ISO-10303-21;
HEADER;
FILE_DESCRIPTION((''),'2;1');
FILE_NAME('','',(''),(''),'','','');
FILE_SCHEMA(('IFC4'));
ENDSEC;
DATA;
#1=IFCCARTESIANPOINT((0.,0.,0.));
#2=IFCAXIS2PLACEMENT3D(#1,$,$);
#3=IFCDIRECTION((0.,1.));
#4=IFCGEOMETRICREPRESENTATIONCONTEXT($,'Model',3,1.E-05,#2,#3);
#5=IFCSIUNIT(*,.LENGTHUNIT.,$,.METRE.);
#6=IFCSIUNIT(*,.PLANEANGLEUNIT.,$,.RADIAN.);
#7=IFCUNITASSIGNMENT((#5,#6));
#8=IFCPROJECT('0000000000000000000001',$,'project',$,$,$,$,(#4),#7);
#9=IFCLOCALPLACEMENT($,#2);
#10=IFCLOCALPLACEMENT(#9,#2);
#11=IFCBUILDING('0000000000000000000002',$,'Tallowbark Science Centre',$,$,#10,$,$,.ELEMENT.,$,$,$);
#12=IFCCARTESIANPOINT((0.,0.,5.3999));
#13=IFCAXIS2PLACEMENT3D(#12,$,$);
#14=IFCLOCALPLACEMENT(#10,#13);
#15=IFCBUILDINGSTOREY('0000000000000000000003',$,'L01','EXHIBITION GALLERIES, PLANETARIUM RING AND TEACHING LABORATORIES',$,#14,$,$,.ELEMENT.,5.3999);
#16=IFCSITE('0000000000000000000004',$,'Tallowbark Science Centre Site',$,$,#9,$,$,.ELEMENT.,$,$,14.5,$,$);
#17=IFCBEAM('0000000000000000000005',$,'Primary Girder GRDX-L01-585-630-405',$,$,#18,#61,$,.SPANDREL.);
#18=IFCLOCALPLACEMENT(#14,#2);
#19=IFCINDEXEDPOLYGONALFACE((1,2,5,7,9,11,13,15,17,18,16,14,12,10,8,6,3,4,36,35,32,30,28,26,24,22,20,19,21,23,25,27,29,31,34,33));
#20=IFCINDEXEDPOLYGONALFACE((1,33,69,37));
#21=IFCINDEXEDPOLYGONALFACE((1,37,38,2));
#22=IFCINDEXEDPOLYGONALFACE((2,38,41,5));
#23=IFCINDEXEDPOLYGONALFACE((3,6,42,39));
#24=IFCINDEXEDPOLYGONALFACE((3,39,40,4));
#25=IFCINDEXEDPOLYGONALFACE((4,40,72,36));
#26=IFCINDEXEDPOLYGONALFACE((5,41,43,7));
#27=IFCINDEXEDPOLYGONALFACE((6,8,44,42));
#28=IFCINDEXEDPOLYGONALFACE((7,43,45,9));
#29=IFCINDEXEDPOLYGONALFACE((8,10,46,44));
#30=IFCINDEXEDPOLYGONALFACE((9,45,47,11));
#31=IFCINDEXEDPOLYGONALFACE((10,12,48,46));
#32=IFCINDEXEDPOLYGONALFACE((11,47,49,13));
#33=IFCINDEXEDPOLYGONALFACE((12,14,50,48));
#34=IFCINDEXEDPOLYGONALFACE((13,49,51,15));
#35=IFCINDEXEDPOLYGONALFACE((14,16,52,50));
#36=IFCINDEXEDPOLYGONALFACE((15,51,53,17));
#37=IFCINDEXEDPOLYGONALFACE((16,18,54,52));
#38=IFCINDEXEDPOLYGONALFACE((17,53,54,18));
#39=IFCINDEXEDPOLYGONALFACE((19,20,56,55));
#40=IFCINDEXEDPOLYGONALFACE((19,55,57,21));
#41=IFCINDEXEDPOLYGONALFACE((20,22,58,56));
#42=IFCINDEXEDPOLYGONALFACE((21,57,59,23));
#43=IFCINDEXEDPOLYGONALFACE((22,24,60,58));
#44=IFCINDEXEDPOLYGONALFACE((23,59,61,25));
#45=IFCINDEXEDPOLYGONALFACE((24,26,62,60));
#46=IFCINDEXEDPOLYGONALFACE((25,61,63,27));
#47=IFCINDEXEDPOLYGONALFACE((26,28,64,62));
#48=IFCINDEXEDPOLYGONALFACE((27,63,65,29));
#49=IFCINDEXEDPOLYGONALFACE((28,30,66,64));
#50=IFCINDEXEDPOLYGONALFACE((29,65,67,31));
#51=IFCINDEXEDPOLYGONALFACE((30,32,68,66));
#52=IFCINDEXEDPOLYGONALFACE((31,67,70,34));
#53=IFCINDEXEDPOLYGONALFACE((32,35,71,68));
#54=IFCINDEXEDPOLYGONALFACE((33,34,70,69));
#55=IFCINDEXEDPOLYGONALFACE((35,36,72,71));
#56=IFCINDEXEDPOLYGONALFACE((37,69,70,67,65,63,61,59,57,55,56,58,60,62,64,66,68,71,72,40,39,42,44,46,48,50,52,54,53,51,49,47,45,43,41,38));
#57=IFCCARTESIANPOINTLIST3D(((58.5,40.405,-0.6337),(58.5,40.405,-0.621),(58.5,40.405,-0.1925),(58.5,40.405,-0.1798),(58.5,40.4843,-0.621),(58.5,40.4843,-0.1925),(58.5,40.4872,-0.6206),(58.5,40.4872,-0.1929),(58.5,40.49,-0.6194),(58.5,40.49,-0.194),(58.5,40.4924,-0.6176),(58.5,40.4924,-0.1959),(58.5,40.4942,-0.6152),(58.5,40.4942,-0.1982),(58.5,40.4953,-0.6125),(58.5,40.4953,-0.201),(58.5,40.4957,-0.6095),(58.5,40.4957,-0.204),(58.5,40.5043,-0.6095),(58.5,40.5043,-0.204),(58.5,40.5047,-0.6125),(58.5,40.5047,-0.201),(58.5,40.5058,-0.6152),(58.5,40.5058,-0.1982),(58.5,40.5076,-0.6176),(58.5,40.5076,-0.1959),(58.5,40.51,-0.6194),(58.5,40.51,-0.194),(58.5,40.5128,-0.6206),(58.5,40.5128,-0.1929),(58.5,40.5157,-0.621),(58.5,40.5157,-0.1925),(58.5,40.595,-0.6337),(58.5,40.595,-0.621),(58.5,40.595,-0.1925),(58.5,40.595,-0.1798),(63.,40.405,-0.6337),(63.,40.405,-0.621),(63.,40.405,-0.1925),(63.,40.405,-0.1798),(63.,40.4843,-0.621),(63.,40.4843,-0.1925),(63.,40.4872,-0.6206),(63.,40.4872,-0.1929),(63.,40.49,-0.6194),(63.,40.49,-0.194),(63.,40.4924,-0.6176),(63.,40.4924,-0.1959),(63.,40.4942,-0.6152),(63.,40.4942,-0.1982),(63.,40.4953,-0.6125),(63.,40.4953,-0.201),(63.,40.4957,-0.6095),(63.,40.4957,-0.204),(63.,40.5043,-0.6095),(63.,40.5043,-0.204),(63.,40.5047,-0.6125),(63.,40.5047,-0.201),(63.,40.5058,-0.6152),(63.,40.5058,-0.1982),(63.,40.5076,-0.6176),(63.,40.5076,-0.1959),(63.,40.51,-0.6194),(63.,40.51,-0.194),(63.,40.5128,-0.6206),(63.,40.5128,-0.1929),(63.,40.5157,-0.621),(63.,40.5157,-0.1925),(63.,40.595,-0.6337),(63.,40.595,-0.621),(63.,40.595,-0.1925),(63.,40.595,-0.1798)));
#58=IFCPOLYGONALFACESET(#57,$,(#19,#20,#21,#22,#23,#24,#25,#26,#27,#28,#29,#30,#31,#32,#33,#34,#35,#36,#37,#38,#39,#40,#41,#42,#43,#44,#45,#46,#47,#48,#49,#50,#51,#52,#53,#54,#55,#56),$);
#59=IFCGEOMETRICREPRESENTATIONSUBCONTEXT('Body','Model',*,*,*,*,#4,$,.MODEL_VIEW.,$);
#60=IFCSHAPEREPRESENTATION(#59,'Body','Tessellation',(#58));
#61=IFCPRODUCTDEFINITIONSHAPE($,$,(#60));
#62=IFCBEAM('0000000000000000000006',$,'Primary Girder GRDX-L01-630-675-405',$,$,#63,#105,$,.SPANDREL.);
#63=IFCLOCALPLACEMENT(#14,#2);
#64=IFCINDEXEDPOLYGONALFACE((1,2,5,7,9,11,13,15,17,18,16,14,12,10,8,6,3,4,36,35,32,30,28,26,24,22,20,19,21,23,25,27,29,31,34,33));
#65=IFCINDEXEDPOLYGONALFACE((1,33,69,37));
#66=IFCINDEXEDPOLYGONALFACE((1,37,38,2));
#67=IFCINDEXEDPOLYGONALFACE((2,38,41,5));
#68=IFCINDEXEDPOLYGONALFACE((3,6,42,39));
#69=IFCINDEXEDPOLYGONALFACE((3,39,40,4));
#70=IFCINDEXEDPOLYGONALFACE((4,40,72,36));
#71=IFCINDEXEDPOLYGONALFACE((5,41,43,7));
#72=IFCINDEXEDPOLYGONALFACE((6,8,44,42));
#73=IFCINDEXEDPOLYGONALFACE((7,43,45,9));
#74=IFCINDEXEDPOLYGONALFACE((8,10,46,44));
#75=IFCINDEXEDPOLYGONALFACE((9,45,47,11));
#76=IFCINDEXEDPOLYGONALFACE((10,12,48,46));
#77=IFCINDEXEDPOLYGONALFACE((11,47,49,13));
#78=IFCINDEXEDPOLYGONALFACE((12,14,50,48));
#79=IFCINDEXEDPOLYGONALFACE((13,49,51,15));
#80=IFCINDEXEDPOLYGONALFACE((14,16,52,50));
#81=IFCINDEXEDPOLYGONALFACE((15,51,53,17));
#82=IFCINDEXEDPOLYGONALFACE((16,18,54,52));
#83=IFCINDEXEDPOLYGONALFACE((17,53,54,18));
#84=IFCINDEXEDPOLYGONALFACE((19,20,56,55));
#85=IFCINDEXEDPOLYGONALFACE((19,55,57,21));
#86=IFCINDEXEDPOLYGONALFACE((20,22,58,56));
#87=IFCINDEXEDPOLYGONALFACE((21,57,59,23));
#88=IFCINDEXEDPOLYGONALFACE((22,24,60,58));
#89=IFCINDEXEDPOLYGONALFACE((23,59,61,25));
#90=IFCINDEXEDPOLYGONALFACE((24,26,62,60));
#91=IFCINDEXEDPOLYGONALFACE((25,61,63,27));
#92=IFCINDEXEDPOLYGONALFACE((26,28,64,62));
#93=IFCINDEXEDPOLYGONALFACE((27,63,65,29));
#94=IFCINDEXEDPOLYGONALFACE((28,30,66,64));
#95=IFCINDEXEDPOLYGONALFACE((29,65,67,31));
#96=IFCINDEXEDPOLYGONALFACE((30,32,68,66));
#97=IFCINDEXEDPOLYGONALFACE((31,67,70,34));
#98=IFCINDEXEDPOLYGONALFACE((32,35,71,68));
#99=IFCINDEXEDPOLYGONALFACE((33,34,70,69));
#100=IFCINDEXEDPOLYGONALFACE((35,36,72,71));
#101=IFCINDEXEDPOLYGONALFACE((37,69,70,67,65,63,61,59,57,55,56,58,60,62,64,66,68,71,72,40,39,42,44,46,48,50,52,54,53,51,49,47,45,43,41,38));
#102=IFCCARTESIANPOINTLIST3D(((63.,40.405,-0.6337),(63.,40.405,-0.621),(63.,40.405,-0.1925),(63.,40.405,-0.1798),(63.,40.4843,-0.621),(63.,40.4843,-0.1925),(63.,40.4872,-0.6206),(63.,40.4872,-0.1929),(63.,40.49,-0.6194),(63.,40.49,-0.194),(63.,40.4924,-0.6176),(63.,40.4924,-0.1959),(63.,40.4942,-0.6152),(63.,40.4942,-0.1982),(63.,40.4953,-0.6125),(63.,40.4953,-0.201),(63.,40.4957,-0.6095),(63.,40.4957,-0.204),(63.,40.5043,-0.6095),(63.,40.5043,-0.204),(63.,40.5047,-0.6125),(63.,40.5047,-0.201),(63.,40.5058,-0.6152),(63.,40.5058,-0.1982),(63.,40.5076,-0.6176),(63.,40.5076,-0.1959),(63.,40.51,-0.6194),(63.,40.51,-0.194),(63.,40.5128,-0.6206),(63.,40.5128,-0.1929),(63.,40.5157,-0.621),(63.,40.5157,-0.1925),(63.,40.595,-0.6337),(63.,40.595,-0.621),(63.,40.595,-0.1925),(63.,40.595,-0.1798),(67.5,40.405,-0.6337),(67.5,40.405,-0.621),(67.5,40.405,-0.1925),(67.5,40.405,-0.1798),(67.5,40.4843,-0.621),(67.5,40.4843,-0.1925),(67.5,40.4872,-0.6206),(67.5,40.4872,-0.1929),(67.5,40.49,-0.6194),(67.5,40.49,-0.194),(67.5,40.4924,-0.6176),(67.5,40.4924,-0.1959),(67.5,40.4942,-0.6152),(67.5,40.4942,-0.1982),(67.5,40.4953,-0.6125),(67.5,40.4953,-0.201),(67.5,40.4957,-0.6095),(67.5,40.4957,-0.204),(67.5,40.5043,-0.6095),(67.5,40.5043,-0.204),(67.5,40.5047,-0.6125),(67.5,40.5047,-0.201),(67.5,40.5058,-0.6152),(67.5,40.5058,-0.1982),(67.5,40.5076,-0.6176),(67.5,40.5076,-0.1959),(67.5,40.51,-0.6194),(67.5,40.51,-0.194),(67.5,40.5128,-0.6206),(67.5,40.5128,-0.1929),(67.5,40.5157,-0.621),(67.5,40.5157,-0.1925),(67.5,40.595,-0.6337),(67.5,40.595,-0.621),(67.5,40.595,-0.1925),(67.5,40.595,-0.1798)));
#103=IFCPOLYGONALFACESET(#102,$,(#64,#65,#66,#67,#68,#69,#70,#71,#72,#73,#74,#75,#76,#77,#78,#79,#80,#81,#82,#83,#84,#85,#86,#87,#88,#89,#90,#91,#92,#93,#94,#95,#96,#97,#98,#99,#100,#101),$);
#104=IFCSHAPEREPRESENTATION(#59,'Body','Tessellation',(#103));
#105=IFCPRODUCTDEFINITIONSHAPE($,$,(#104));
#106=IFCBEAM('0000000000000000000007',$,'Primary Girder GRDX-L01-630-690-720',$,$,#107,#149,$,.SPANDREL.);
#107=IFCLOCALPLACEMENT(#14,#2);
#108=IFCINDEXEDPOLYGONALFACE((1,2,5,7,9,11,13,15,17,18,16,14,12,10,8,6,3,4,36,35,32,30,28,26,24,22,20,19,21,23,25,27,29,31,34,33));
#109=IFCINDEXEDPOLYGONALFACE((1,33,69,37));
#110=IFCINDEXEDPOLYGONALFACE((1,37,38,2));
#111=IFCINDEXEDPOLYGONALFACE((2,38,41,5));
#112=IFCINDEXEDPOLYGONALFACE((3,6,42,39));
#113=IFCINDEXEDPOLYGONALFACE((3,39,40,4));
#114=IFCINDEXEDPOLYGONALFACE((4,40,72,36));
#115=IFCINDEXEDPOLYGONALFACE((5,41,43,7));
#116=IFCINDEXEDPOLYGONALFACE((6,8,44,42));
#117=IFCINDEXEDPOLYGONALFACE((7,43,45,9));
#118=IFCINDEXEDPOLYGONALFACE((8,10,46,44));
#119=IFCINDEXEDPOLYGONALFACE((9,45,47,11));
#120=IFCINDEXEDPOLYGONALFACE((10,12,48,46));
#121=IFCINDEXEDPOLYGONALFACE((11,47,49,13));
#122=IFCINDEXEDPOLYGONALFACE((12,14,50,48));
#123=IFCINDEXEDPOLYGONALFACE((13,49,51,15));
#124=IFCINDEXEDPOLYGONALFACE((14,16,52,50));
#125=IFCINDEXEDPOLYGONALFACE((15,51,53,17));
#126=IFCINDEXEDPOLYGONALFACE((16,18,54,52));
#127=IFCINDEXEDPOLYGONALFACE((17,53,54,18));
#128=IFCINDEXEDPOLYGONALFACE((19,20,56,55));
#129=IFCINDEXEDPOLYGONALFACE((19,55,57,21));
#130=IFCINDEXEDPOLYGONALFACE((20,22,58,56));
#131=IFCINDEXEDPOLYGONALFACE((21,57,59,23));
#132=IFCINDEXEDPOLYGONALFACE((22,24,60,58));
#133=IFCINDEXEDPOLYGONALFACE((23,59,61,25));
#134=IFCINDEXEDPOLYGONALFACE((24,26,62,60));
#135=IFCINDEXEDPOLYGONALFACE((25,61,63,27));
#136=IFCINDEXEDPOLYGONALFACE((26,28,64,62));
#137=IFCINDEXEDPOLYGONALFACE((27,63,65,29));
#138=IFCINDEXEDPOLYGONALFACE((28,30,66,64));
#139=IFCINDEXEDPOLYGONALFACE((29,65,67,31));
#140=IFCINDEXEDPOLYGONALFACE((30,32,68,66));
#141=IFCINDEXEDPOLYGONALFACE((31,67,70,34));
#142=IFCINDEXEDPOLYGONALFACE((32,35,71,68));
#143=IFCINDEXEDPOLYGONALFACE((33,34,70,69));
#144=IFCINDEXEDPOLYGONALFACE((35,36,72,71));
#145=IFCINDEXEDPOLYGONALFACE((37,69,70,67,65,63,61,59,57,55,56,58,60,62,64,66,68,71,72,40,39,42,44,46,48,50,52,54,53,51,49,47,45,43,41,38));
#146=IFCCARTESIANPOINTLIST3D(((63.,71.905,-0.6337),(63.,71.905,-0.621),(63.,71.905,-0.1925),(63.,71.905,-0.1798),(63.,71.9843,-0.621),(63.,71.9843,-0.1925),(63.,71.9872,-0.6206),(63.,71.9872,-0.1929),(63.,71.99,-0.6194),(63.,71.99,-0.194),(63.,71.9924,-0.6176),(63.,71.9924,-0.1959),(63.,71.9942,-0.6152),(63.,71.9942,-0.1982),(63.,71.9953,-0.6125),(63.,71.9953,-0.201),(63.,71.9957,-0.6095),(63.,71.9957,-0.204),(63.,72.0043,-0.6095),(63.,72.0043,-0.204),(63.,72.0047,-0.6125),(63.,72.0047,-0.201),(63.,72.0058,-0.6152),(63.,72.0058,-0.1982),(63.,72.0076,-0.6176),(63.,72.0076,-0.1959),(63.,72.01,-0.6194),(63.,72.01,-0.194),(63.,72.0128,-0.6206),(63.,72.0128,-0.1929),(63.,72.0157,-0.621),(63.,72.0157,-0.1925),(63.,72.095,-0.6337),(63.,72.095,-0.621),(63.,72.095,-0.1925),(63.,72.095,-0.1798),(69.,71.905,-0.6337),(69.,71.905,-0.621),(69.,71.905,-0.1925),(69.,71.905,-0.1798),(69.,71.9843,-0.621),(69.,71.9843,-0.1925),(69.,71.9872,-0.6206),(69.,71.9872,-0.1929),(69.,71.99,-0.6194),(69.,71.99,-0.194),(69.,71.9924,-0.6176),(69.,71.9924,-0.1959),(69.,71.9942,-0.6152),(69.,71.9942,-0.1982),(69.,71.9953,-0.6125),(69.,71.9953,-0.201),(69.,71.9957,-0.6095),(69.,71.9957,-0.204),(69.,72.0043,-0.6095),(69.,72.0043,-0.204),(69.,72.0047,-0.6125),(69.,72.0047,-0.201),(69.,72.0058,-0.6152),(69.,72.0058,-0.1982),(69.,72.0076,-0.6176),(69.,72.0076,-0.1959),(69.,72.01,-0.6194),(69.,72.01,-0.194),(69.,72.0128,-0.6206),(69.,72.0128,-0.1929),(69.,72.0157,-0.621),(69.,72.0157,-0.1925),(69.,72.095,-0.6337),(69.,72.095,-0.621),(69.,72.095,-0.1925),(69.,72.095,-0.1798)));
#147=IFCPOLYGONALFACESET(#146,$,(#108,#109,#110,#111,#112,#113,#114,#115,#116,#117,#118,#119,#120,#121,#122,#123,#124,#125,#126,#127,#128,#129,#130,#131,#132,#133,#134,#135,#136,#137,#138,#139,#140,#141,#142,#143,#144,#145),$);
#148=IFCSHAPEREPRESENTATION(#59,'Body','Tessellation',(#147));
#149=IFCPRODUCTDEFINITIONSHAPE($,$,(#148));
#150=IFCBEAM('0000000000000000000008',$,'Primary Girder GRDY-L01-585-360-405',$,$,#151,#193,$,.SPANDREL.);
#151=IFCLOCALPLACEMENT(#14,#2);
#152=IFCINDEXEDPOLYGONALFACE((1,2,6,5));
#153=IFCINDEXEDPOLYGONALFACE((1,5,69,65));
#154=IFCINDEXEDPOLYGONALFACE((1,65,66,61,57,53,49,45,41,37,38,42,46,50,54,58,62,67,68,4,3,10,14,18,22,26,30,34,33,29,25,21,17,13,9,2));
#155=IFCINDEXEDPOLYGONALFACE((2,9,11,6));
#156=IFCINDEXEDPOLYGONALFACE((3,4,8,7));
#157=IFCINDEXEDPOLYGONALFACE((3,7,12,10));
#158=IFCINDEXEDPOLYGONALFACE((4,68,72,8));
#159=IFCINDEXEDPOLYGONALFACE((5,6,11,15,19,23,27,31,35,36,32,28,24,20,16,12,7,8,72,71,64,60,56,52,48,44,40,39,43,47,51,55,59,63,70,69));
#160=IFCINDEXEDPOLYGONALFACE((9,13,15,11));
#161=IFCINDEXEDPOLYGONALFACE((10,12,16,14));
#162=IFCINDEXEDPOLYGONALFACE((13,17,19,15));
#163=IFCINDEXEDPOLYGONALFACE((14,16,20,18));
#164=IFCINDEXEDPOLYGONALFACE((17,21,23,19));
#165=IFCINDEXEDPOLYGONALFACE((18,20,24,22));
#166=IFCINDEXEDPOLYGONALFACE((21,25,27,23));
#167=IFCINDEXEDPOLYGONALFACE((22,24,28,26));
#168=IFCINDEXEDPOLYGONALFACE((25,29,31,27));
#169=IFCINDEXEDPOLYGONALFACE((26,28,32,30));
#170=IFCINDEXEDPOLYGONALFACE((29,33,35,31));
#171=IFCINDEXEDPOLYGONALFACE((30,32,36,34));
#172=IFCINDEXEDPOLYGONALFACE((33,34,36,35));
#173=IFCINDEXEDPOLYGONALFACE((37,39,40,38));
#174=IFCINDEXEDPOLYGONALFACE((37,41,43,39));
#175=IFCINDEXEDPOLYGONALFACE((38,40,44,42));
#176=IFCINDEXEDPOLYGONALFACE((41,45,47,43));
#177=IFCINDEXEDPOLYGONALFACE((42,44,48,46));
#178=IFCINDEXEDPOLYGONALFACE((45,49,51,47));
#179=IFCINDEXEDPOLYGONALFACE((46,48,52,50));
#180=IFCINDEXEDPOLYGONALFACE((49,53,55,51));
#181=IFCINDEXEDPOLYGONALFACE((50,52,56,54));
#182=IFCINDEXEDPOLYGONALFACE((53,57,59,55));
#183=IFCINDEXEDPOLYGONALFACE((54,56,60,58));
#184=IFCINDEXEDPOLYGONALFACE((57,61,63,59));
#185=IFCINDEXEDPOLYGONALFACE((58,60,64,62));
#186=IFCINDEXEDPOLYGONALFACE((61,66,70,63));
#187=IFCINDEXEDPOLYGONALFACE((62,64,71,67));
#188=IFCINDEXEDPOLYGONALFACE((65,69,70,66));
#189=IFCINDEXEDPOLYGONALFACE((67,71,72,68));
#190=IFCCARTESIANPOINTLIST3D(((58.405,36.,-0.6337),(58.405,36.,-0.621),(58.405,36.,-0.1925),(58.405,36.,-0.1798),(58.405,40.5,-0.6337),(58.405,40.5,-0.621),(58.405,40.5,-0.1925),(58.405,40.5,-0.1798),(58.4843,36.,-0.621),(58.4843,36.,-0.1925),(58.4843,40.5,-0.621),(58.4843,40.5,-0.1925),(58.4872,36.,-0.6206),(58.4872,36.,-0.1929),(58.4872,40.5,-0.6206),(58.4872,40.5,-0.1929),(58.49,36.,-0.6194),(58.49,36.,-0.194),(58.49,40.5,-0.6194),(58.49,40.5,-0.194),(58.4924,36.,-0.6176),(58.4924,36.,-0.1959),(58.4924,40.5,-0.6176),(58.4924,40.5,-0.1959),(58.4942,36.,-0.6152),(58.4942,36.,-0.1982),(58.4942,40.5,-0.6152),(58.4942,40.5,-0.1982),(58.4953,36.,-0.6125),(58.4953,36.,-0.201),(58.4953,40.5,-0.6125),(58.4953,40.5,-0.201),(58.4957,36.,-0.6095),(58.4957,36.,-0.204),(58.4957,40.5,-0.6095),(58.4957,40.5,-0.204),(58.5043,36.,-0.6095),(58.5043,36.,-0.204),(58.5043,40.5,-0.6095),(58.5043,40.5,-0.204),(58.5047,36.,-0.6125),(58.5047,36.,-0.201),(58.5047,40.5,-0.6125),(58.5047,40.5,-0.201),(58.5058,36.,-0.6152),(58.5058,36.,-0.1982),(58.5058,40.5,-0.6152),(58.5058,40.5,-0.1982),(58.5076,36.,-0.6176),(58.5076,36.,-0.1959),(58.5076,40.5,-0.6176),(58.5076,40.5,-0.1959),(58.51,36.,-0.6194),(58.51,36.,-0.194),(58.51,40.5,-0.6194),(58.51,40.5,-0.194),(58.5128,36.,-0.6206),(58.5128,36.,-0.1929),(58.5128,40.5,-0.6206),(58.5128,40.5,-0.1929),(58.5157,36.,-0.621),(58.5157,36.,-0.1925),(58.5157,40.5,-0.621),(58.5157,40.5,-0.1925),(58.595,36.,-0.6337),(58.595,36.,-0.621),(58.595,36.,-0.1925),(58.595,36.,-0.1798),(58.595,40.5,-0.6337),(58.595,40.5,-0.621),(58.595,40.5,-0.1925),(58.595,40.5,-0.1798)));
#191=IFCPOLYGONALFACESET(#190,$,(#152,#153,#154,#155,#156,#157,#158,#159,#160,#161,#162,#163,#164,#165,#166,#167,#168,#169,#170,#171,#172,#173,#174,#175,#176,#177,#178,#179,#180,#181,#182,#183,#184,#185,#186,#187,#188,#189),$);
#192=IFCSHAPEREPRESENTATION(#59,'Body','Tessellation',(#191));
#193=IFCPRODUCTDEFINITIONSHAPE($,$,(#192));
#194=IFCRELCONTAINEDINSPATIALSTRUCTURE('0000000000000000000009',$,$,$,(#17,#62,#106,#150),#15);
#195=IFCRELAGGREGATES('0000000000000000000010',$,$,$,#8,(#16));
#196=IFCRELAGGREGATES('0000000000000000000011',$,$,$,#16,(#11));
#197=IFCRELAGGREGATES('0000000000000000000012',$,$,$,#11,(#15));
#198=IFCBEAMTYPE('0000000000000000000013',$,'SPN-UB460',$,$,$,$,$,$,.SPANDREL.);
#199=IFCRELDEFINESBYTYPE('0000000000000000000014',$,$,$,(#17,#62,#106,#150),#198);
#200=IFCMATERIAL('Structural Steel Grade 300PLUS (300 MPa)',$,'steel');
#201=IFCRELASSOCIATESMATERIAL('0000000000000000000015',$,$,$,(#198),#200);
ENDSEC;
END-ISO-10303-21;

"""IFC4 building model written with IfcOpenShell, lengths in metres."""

from ifc_helpers import new_model, si_unit, direction, frame, origin, origin_2d, place, context, subcontext, project, spatial, i_section, extrude, material, material_profile, profile_set, type_object, element, save


model = new_model("IFC4")

# Units and contexts
model_context = context("Model", 3, precision=1e-05, world=origin(), true_north=direction((0.0, 1.0)))
body_context = subcontext(model_context, "Body", "Model", "MODEL_VIEW")
ifc_project = project(units=[si_unit("LENGTHUNIT", "METRE"), si_unit("PLANEANGLEUNIT", "RADIAN")], contexts=[model_context])

# Site, building, storey
site_placement = place(None, origin())
site = spatial("IfcSite", under=ifc_project, at=site_placement, Name="Tallowbark Science Centre Site", CompositionType="ELEMENT", RefElevation=14.5)
building_placement = place(site_placement, origin())
building = spatial("IfcBuilding", under=site, at=building_placement, Name="Tallowbark Science Centre", CompositionType="ELEMENT")
storey_placement = place(building_placement, frame((0.0, 0.0, 5.3999)))
storey = spatial("IfcBuildingStorey", under=building, at=storey_placement, Name="L01", Description="EXHIBITION GALLERIES, PLANETARIUM RING AND TEACHING LABORATORIES", CompositionType="ELEMENT", Elevation=5.3999)

# Shared definitions
ifc_material_1 = material(Name="Structural Steel Grade 300PLUS (300 MPa)", Category="steel")

# Beams
ifc_material_profile_1 = material_profile(ifc_material_1, i_section(OverallWidth=0.1899, OverallDepth=0.4539, WebThickness=0.0085, FlangeThickness=0.0127, FilletRadius=0.0115, at=origin_2d()), Name="460UB67.1")
ifc_profile_set_1 = profile_set([ifc_material_profile_1], Name="Structural Steel Grade 300PLUS (300 MPa)")
beam_type_1 = type_object("IfcBeamType", Name="SPN-UB460", PredefinedType="SPANDREL", material=ifc_profile_set_1)
for number, where, z_axis, x_axis, name in (
    (1, (58.5, 40.5, -0.4067), (1.0, 0.0, 0.0), (0.0, 1.0, 0.0), "Primary Girder GRDX-L01-585-630-405"),
    (2, (63.0, 40.5, -0.4067), (1.0, 0.0, 0.0), (0.0, 1.0, 0.0), "Primary Girder GRDX-L01-630-675-405"),
):
    element("IfcBeam", number, at=place(storey_placement, frame(where, z_axis=z_axis, x_axis=x_axis)), inside=storey, type_object=beam_type_1, Name=name, PredefinedType="SPANDREL", context=body_context, shape_type="SweptSolid", body=[
        extrude(i_section(OverallWidth=0.1899, OverallDepth=0.4539, WebThickness=0.0085, FlangeThickness=0.0127, FilletRadius=0.0115, at=origin_2d()), origin(), (0.0, 0.0, 1.0), 4.5),
    ])
beam_1_placement = place(storey_placement, frame((63.0, 72.0, -0.4067), z_axis=(1.0, 0.0, 0.0), x_axis=(0.0, 1.0, 0.0)))
element("IfcBeam", 3, at=beam_1_placement, inside=storey, type_object=beam_type_1, Name="Primary Girder GRDX-L01-630-690-720", PredefinedType="SPANDREL", context=body_context, shape_type="SweptSolid", body=[
    extrude(i_section(OverallWidth=0.1899, OverallDepth=0.4539, WebThickness=0.0085, FlangeThickness=0.0127, FilletRadius=0.0115, at=origin_2d()), origin(), (0.0, 0.0, 1.0), 6.0),
])
beam_2_placement = place(storey_placement, frame((58.5, 36.0, -0.4067), z_axis=(0.0, 1.0, 0.0), x_axis=(-1.0, 0.0, 0.0)))
element("IfcBeam", 4, at=beam_2_placement, inside=storey, type_object=beam_type_1, Name="Primary Girder GRDY-L01-585-360-405", PredefinedType="SPANDREL", context=body_context, shape_type="SweptSolid", body=[
    extrude(i_section(OverallWidth=0.1899, OverallDepth=0.4539, WebThickness=0.0085, FlangeThickness=0.0127, FilletRadius=0.0115, at=origin_2d()), origin(), (0.0, 0.0, 1.0), 4.5),
])

save(model, "model.ifc")
